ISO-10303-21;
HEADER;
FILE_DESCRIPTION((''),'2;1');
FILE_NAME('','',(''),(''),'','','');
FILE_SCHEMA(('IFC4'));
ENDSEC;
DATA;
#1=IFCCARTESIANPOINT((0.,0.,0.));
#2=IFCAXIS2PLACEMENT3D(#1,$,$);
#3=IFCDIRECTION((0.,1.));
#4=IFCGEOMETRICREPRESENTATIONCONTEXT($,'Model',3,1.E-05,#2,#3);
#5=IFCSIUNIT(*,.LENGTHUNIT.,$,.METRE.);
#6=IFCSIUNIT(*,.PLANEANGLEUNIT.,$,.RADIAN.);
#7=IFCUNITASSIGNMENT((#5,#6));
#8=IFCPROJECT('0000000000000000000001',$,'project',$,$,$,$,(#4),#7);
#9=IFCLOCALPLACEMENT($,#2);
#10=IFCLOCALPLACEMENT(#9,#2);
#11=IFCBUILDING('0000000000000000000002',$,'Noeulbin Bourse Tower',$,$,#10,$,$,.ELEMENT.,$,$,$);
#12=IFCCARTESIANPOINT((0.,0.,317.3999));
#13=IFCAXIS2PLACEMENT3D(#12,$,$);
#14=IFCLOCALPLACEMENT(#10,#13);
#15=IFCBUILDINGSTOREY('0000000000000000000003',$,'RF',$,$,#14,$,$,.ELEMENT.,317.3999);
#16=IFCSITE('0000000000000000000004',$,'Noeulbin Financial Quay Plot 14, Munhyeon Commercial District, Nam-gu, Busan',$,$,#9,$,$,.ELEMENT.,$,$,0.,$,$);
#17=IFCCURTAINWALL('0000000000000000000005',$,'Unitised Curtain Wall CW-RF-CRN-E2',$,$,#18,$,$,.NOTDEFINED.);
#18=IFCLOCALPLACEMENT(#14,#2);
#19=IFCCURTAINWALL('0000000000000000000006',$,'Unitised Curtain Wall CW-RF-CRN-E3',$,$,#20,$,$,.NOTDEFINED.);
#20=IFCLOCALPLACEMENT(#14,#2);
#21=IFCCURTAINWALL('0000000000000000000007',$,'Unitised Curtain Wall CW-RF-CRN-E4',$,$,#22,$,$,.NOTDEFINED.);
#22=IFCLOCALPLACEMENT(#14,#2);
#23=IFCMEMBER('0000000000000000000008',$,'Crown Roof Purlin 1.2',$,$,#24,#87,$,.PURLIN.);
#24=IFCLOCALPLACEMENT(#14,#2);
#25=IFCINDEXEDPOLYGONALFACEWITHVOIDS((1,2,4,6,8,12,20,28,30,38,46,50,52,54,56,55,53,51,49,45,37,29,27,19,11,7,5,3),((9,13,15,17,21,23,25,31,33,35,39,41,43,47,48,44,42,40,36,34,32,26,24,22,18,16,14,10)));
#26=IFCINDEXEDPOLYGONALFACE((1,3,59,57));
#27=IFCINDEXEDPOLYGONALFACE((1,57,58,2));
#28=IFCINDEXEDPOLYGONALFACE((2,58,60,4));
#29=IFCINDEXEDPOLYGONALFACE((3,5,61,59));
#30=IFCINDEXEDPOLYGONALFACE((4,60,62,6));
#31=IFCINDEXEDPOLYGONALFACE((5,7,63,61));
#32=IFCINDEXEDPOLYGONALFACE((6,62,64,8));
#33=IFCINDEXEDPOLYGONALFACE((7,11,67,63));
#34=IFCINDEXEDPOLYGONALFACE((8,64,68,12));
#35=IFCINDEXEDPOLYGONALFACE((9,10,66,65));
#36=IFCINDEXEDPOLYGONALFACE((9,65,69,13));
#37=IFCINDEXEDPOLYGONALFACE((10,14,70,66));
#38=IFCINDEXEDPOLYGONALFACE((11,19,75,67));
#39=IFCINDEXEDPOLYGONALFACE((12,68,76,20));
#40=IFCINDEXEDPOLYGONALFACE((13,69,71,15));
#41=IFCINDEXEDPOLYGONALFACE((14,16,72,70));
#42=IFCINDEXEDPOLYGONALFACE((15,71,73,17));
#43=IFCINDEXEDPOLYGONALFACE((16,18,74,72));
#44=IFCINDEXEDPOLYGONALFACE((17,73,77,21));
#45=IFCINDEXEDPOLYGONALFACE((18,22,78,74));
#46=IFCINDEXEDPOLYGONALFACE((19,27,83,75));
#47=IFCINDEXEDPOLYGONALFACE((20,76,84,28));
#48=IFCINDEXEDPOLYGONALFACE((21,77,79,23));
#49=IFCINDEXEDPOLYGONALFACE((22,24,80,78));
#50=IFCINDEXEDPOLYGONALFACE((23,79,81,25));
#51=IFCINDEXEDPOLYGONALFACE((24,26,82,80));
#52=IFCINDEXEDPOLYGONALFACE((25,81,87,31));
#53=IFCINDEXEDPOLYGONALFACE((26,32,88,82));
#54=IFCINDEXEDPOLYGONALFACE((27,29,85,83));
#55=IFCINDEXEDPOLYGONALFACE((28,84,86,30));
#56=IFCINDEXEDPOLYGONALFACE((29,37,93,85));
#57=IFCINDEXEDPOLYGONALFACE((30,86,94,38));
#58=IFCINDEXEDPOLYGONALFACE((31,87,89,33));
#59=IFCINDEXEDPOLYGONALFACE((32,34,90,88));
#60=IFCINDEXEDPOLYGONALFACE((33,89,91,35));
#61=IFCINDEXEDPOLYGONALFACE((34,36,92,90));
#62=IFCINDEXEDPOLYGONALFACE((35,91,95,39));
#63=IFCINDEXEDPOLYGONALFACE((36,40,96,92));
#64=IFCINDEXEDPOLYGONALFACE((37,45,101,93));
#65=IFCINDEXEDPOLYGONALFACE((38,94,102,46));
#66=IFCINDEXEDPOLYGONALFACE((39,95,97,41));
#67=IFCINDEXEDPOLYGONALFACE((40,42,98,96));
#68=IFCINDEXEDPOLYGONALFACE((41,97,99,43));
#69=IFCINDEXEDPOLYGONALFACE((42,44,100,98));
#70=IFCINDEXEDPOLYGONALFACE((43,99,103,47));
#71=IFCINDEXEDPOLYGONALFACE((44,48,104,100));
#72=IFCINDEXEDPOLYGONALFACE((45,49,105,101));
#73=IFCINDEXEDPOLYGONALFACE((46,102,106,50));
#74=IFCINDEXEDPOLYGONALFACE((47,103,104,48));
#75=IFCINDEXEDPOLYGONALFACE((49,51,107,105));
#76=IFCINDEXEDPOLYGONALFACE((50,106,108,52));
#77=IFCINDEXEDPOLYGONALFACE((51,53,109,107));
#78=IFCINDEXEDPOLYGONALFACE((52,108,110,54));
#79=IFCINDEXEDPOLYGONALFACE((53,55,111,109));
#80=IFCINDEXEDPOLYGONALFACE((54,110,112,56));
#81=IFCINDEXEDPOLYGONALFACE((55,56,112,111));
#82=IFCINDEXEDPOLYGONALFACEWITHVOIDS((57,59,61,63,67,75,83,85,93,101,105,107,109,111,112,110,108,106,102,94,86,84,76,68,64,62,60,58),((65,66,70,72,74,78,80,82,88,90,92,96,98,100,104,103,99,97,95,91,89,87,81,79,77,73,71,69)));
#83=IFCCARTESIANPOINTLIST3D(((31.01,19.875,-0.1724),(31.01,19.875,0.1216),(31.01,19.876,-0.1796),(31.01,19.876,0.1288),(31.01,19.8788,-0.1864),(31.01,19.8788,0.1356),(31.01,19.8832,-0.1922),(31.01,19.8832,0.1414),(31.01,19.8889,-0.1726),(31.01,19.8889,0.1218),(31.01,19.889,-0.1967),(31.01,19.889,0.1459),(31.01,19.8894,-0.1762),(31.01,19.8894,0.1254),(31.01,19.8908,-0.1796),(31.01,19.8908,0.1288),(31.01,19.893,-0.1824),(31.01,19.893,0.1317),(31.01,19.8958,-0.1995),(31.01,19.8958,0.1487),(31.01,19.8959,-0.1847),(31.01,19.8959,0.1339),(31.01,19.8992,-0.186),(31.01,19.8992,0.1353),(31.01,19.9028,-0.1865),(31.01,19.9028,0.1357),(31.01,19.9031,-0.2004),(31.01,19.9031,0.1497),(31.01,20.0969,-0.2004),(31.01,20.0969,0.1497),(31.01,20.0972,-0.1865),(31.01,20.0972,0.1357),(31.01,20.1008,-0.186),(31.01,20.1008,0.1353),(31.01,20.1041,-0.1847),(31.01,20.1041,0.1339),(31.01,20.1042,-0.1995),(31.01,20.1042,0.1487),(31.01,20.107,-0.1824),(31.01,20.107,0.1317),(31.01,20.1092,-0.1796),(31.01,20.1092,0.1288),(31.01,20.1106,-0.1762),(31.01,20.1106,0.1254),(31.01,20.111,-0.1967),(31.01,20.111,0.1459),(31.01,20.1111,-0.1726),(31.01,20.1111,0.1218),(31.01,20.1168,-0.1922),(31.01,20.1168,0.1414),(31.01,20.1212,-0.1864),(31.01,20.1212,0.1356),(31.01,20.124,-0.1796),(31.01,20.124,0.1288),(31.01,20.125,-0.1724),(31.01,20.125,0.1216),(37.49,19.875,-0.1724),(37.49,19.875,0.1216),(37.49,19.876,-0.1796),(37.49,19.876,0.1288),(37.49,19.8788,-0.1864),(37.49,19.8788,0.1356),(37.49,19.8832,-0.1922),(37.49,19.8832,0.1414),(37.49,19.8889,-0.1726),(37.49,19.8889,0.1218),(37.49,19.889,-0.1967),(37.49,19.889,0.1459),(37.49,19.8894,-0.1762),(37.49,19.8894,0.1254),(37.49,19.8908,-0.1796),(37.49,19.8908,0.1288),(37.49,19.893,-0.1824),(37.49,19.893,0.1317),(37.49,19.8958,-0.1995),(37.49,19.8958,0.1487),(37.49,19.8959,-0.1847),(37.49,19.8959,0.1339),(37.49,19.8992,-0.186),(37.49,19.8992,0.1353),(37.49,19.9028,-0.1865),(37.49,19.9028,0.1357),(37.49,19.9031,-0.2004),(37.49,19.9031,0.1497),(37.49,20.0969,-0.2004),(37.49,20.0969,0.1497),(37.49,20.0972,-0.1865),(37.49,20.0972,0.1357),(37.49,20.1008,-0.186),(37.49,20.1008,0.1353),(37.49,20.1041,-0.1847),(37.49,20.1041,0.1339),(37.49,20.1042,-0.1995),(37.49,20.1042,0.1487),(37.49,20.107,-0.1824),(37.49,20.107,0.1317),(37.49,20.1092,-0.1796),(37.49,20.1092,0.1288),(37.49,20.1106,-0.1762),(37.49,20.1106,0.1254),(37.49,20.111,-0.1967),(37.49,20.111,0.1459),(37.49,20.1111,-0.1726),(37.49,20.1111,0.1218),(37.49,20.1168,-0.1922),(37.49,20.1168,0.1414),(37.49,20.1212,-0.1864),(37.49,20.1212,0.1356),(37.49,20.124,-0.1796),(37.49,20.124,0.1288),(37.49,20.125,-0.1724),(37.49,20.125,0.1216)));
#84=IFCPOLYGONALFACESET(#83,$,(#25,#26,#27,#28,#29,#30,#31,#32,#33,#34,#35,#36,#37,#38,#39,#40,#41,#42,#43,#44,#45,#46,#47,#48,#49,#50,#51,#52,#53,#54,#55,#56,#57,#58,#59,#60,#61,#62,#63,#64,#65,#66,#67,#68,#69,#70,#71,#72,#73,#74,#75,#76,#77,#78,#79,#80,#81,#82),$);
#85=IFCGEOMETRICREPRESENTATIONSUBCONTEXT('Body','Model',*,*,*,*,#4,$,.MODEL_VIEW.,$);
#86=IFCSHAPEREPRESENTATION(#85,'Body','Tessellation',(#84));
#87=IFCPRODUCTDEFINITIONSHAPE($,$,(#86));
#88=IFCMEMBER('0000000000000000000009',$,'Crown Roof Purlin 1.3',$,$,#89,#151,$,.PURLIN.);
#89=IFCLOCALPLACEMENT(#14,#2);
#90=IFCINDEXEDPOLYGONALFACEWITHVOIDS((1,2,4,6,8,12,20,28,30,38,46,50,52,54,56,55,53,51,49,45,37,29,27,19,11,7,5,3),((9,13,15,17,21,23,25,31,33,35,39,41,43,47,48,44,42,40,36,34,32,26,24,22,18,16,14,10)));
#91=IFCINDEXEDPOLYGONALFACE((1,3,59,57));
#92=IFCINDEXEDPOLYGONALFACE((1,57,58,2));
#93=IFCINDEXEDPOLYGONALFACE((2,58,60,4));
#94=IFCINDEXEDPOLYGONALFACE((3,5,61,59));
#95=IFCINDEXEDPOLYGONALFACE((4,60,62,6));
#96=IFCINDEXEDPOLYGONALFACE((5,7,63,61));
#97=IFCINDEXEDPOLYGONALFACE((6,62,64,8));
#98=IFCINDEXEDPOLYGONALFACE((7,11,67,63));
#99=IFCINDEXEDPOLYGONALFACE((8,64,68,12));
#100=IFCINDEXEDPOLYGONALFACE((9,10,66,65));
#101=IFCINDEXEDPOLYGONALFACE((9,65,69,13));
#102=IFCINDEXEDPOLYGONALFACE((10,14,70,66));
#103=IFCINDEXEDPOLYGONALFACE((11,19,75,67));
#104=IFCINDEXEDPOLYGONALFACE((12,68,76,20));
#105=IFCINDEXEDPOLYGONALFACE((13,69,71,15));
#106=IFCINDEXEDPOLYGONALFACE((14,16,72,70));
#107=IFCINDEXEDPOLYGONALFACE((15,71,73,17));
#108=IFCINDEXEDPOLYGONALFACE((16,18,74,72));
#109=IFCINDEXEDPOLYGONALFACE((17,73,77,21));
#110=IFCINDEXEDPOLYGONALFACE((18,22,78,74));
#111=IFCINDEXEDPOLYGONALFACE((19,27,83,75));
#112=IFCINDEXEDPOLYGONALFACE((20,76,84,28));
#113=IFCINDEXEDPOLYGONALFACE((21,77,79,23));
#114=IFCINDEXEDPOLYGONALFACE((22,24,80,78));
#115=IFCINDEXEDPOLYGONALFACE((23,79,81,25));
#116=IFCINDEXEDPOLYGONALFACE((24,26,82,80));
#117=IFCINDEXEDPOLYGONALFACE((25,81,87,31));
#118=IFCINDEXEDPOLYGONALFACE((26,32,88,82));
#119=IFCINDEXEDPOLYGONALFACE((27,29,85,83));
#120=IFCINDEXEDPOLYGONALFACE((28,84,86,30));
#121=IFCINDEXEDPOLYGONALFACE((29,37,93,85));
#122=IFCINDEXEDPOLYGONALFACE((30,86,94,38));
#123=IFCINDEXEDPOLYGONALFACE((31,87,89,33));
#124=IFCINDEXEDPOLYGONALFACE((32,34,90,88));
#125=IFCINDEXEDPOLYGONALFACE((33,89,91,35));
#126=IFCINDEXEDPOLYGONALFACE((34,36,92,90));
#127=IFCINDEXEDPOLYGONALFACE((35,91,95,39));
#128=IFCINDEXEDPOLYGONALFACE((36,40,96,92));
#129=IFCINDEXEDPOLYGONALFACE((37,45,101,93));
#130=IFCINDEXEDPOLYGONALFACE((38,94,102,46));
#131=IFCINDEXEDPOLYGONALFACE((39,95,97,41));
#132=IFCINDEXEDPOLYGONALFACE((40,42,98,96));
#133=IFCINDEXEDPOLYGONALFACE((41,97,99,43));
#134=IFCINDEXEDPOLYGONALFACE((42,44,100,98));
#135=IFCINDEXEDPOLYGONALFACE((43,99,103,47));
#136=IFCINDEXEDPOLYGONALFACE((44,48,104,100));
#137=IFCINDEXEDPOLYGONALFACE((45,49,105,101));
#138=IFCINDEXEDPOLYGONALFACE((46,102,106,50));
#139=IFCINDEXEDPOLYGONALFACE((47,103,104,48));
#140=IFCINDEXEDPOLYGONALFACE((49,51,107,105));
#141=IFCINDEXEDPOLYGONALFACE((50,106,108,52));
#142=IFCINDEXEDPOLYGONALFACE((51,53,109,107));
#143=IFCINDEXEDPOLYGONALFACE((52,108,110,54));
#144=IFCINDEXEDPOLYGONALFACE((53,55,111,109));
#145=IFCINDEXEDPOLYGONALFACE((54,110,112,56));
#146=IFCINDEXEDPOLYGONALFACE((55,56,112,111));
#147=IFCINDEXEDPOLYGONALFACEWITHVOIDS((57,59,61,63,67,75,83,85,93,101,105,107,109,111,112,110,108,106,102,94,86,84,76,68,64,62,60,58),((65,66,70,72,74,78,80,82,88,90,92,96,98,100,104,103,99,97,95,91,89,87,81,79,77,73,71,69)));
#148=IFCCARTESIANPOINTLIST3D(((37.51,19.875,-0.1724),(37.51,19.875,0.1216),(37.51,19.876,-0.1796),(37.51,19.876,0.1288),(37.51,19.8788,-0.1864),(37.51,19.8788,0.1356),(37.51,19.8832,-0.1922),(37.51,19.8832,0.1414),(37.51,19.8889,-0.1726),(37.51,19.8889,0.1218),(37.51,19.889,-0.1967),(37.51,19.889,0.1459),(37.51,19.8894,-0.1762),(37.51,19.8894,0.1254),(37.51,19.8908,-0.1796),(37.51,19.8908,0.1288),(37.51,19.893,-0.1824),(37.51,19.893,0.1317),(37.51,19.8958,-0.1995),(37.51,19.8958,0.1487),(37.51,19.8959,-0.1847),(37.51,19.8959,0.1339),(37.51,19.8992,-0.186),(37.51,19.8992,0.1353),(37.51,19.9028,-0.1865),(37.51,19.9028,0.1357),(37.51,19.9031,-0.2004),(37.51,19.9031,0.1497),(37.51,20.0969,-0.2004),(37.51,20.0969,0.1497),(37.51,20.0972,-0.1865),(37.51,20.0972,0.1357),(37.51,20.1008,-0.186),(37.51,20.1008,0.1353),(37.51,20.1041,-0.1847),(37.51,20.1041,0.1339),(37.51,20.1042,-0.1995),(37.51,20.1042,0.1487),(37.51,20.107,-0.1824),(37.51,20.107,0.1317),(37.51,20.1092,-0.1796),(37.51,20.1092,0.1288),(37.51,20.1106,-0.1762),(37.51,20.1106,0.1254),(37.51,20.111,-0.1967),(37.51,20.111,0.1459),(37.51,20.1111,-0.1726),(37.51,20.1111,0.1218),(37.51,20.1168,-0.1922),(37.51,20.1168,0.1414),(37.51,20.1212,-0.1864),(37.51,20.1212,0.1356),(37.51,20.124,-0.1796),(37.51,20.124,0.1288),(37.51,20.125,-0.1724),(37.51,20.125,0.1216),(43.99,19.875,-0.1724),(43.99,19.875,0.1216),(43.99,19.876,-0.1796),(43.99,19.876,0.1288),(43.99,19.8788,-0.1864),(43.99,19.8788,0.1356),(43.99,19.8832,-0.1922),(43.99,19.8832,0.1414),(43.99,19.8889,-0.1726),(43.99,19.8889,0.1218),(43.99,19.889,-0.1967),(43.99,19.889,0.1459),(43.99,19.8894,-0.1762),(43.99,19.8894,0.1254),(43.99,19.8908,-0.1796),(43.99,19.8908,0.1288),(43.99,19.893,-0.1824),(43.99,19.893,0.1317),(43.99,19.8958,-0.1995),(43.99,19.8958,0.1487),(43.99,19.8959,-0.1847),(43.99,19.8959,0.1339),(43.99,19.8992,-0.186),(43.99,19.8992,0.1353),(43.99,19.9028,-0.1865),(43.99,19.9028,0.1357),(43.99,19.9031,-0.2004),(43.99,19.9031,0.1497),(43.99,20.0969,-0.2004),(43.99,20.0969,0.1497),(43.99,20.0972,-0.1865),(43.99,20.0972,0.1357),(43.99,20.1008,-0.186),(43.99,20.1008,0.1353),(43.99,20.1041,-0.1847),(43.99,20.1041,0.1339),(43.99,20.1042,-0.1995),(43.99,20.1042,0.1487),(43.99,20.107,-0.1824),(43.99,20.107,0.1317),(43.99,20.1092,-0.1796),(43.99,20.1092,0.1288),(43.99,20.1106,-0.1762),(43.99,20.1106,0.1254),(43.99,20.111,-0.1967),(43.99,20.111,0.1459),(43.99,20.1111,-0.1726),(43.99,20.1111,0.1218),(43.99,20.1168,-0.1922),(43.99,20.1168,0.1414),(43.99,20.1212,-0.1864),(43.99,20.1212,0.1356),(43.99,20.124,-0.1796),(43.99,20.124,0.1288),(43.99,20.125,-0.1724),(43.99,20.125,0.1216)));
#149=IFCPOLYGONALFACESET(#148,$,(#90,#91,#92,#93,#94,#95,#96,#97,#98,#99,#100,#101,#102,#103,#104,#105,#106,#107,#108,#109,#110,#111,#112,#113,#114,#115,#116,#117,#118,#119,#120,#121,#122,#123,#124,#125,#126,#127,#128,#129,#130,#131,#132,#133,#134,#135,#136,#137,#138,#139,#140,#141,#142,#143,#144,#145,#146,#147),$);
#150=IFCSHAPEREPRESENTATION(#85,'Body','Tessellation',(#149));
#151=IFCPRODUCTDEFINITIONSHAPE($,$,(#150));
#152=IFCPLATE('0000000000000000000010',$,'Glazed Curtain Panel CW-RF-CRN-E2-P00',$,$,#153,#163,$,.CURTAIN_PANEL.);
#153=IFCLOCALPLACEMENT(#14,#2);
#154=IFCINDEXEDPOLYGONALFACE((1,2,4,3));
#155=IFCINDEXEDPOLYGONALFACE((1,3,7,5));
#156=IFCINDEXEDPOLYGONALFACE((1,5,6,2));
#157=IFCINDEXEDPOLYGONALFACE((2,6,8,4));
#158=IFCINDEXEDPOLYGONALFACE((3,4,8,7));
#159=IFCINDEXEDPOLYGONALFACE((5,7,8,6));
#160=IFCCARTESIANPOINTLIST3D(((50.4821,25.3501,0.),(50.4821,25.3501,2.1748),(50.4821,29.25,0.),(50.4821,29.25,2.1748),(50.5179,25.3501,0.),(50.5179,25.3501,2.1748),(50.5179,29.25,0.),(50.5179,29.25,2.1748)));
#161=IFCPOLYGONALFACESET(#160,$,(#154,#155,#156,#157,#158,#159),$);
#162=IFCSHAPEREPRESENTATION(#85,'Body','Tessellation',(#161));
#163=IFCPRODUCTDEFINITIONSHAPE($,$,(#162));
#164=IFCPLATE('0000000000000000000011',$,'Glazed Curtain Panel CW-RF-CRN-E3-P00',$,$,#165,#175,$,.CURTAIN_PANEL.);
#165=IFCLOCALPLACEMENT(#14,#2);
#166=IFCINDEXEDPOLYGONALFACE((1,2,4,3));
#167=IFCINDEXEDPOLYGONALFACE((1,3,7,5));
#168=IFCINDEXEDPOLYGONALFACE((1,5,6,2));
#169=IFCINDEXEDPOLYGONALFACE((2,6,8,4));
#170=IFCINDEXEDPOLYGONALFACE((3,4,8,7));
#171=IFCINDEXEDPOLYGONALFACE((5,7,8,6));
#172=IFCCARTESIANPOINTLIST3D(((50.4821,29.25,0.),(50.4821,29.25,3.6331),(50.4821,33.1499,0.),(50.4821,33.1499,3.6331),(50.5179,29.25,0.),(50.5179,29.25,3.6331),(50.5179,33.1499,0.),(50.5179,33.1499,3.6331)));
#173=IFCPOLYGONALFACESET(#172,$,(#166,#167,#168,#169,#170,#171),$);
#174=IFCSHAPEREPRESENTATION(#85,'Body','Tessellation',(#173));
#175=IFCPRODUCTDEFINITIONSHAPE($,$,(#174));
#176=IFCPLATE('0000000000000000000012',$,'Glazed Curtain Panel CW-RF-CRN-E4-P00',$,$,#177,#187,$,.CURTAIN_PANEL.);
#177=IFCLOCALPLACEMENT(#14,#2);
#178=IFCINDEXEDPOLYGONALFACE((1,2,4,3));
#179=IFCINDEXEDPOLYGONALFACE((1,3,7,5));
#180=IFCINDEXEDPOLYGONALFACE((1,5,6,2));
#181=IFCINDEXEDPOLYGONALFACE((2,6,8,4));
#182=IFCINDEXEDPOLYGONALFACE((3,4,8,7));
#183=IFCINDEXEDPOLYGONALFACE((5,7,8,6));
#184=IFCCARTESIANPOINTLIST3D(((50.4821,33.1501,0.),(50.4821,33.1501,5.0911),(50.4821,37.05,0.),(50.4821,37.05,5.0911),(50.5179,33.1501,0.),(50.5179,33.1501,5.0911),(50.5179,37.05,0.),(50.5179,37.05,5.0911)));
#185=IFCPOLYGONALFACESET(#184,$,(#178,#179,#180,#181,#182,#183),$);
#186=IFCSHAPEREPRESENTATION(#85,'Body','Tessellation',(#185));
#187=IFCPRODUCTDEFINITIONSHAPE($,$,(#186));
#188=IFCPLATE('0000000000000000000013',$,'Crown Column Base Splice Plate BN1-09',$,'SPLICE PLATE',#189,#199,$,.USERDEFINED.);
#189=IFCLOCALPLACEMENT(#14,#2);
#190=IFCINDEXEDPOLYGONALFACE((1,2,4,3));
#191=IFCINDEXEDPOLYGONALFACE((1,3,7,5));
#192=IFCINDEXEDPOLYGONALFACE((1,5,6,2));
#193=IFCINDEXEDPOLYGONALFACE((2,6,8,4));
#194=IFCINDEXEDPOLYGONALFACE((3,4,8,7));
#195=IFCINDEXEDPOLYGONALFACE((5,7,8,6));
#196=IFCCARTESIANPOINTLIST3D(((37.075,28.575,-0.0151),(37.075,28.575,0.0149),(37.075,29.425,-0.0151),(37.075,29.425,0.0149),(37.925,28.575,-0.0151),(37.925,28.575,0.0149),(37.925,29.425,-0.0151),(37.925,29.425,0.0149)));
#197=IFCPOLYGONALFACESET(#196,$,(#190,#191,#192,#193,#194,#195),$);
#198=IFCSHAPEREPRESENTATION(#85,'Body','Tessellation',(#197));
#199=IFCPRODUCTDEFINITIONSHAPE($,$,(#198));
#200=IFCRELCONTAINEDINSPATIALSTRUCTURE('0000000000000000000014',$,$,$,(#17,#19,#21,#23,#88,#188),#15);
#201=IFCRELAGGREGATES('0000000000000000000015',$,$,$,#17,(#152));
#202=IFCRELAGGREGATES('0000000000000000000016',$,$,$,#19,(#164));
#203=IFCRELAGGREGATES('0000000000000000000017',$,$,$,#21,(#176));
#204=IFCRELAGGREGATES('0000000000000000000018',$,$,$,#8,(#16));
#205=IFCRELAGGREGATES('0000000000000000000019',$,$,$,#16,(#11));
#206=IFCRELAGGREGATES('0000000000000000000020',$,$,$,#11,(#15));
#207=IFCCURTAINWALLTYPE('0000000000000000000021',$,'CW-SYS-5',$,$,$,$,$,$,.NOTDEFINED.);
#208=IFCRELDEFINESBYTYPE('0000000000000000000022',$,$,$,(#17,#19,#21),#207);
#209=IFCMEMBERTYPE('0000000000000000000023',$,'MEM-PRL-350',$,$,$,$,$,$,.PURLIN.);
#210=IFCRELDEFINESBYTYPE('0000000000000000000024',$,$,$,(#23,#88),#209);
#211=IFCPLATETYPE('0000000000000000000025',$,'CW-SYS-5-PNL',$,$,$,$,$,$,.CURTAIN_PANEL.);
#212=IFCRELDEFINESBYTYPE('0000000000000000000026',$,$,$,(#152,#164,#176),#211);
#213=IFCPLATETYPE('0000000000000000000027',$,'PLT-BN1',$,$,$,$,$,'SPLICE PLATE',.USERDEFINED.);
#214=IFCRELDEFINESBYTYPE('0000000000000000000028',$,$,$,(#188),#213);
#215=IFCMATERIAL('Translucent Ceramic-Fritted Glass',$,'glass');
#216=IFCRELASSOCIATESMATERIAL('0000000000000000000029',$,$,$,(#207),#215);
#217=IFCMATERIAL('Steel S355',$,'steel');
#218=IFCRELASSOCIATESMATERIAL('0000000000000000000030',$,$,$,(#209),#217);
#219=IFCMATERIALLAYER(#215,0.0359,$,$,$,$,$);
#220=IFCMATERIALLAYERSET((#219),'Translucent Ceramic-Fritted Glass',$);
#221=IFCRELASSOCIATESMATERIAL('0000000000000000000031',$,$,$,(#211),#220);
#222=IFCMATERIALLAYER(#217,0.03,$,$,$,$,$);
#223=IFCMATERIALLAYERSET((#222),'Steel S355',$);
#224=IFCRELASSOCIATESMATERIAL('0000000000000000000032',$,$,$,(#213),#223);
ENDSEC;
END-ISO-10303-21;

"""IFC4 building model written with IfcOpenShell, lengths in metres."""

from ifc_helpers import new_model, si_unit, direction, frame, origin, origin_2d, place, context, subcontext, project, spatial, rectangle, hollow_rectangle, extrude, material, layer, layer_set, material_profile, profile_set, type_object, element, aggregate, save


model = new_model("IFC4")

# Units and contexts
model_context = context("Model", 3, precision=1e-05, world=origin(), true_north=direction((0.0, 1.0)))
body_context = subcontext(model_context, "Body", "Model", "MODEL_VIEW")
ifc_project = project(units=[si_unit("LENGTHUNIT", "METRE"), si_unit("PLANEANGLEUNIT", "RADIAN")], contexts=[model_context])

# Site, building, storey
site_placement = place(None, origin())
site = spatial("IfcSite", under=ifc_project, at=site_placement, Name="Noeulbin Financial Quay Plot 14, Munhyeon Commercial District, Nam-gu, Busan", CompositionType="ELEMENT", RefElevation=0.0)
building_placement = place(site_placement, origin())
building = spatial("IfcBuilding", under=site, at=building_placement, Name="Noeulbin Bourse Tower", CompositionType="ELEMENT")
storey_placement = place(building_placement, frame((0.0, 0.0, 317.3999)))
storey = spatial("IfcBuildingStorey", under=building, at=storey_placement, Name="RF", CompositionType="ELEMENT", Elevation=317.3999)

# Shared definitions
ifc_material_1 = material(Name="Steel S355", Category="steel")

# Curtain walls
ifc_material_2 = material(Name="Translucent Ceramic-Fritted Glass", Category="glass")
curtain_wall_type = type_object("IfcCurtainWallType", Name="CW-SYS-5", PredefinedType="NOTDEFINED", material=ifc_material_2)
curtain_wall_1_placement = place(storey_placement, origin())
curtain_wall_1 = element("IfcCurtainWall", 1, at=curtain_wall_1_placement, inside=storey, type_object=curtain_wall_type, Name="Unitised Curtain Wall CW-RF-CRN-E2", PredefinedType="NOTDEFINED")
curtain_wall_2_placement = place(storey_placement, origin())
curtain_wall_2 = element("IfcCurtainWall", 2, at=curtain_wall_2_placement, inside=storey, type_object=curtain_wall_type, Name="Unitised Curtain Wall CW-RF-CRN-E3", PredefinedType="NOTDEFINED")
curtain_wall_3_placement = place(storey_placement, origin())
curtain_wall_3 = element("IfcCurtainWall", 3, at=curtain_wall_3_placement, inside=storey, type_object=curtain_wall_type, Name="Unitised Curtain Wall CW-RF-CRN-E4", PredefinedType="NOTDEFINED")

# Members
ifc_material_profile_1 = material_profile(ifc_material_1, hollow_rectangle(XDim=0.25, YDim=0.3501, WallThickness=0.0139, InnerFilletRadius=0.0139, OuterFilletRadius=0.0281, at=origin_2d()), Name="RHS-350x250x14", Category="LoadBearing")
ifc_profile_set_1 = profile_set([ifc_material_profile_1], Name="Steel S355")
member_type_1 = type_object("IfcMemberType", Name="MEM-PRL-350", PredefinedType="PURLIN", material=ifc_profile_set_1)
for number, where, z_axis, x_axis, name in (
    (4, (31.01, 20.0, -0.0254), (1.0, 0.0, 0.0), (0.0, 1.0, 0.0), "Crown Roof Purlin 1.2"),
    (5, (37.51, 20.0, -0.0254), (1.0, 0.0, 0.0), (0.0, 1.0, 0.0), "Crown Roof Purlin 1.3"),
):
    element("IfcMember", number, at=place(storey_placement, frame(where, z_axis=z_axis, x_axis=x_axis)), inside=storey, type_object=member_type_1, Name=name, PredefinedType="PURLIN", context=body_context, shape_type="SweptSolid", body=[
        extrude(hollow_rectangle(XDim=0.25, YDim=0.3501, WallThickness=0.0139, InnerFilletRadius=0.0139, OuterFilletRadius=0.0281, at=origin_2d()), origin(), (0.0, 0.0, 1.0), 6.48),
    ])

# Plates
ifc_layer_1 = layer(ifc_material_2, 0.0359)
ifc_layer_set_1 = layer_set([ifc_layer_1], Name="Translucent Ceramic-Fritted Glass")
plate_type_1 = type_object("IfcPlateType", Name="CW-SYS-5-PNL", PredefinedType="CURTAIN_PANEL", material=ifc_layer_set_1)
plate_1_placement = place(storey_placement, frame((50.5, 27.3, 0.0), z_axis=(0.0, 0.0, 1.0), x_axis=(0.0, 1.0, 0.0)))
plate_1 = element("IfcPlate", 6, at=plate_1_placement, type_object=plate_type_1, Name="Glazed Curtain Panel CW-RF-CRN-E2-P00", PredefinedType="CURTAIN_PANEL", context=body_context, shape_type="SweptSolid", body=[
    extrude(rectangle(XDim=3.8999, YDim=0.0359, at=origin_2d()), origin(), (0.0, 0.0, 1.0), 2.1748),
])
aggregate(curtain_wall_1, [plate_1])
plate_2_placement = place(storey_placement, frame((50.5, 31.2, 0.0), z_axis=(0.0, 0.0, 1.0), x_axis=(0.0, 1.0, 0.0)))
plate_2 = element("IfcPlate", 7, at=plate_2_placement, type_object=plate_type_1, Name="Glazed Curtain Panel CW-RF-CRN-E3-P00", PredefinedType="CURTAIN_PANEL", context=body_context, shape_type="SweptSolid", body=[
    extrude(rectangle(XDim=3.8999, YDim=0.0359, at=origin_2d()), origin(), (0.0, 0.0, 1.0), 3.6331),
])
aggregate(curtain_wall_2, [plate_2])
plate_3_placement = place(storey_placement, frame((50.5, 35.1001, 0.0), z_axis=(0.0, 0.0, 1.0), x_axis=(0.0, 1.0, 0.0)))
plate_3 = element("IfcPlate", 8, at=plate_3_placement, type_object=plate_type_1, Name="Glazed Curtain Panel CW-RF-CRN-E4-P00", PredefinedType="CURTAIN_PANEL", context=body_context, shape_type="SweptSolid", body=[
    extrude(rectangle(XDim=3.8999, YDim=0.0359, at=origin_2d()), origin(), (0.0, 0.0, 1.0), 5.0911),
])
aggregate(curtain_wall_3, [plate_3])

# Plate
ifc_layer_2 = layer(ifc_material_1, 0.03)
ifc_layer_set_2 = layer_set([ifc_layer_2], Name="Steel S355")
plate_type_2 = type_object("IfcPlateType", Name="PLT-BN1", ElementType="SPLICE PLATE", PredefinedType="USERDEFINED", material=ifc_layer_set_2)
for number, where, z_axis, x_axis, name in (
    (9, (37.5, 29.0, -0.0151), (0.0, 0.0, 1.0), (1.0, 0.0, 0.0), "Crown Column Base Splice Plate BN1-09"),
):
    element("IfcPlate", number, at=place(storey_placement, frame(where, z_axis=z_axis, x_axis=x_axis)), inside=storey, type_object=plate_type_2, Name=name, ObjectType="SPLICE PLATE", PredefinedType="USERDEFINED", context=body_context, shape_type="SweptSolid", body=[
        extrude(rectangle(XDim=0.8501, YDim=0.8501, at=origin_2d()), origin(), (0.0, 0.0, 1.0), 0.03),
    ])

save(model, "model.ifc")
